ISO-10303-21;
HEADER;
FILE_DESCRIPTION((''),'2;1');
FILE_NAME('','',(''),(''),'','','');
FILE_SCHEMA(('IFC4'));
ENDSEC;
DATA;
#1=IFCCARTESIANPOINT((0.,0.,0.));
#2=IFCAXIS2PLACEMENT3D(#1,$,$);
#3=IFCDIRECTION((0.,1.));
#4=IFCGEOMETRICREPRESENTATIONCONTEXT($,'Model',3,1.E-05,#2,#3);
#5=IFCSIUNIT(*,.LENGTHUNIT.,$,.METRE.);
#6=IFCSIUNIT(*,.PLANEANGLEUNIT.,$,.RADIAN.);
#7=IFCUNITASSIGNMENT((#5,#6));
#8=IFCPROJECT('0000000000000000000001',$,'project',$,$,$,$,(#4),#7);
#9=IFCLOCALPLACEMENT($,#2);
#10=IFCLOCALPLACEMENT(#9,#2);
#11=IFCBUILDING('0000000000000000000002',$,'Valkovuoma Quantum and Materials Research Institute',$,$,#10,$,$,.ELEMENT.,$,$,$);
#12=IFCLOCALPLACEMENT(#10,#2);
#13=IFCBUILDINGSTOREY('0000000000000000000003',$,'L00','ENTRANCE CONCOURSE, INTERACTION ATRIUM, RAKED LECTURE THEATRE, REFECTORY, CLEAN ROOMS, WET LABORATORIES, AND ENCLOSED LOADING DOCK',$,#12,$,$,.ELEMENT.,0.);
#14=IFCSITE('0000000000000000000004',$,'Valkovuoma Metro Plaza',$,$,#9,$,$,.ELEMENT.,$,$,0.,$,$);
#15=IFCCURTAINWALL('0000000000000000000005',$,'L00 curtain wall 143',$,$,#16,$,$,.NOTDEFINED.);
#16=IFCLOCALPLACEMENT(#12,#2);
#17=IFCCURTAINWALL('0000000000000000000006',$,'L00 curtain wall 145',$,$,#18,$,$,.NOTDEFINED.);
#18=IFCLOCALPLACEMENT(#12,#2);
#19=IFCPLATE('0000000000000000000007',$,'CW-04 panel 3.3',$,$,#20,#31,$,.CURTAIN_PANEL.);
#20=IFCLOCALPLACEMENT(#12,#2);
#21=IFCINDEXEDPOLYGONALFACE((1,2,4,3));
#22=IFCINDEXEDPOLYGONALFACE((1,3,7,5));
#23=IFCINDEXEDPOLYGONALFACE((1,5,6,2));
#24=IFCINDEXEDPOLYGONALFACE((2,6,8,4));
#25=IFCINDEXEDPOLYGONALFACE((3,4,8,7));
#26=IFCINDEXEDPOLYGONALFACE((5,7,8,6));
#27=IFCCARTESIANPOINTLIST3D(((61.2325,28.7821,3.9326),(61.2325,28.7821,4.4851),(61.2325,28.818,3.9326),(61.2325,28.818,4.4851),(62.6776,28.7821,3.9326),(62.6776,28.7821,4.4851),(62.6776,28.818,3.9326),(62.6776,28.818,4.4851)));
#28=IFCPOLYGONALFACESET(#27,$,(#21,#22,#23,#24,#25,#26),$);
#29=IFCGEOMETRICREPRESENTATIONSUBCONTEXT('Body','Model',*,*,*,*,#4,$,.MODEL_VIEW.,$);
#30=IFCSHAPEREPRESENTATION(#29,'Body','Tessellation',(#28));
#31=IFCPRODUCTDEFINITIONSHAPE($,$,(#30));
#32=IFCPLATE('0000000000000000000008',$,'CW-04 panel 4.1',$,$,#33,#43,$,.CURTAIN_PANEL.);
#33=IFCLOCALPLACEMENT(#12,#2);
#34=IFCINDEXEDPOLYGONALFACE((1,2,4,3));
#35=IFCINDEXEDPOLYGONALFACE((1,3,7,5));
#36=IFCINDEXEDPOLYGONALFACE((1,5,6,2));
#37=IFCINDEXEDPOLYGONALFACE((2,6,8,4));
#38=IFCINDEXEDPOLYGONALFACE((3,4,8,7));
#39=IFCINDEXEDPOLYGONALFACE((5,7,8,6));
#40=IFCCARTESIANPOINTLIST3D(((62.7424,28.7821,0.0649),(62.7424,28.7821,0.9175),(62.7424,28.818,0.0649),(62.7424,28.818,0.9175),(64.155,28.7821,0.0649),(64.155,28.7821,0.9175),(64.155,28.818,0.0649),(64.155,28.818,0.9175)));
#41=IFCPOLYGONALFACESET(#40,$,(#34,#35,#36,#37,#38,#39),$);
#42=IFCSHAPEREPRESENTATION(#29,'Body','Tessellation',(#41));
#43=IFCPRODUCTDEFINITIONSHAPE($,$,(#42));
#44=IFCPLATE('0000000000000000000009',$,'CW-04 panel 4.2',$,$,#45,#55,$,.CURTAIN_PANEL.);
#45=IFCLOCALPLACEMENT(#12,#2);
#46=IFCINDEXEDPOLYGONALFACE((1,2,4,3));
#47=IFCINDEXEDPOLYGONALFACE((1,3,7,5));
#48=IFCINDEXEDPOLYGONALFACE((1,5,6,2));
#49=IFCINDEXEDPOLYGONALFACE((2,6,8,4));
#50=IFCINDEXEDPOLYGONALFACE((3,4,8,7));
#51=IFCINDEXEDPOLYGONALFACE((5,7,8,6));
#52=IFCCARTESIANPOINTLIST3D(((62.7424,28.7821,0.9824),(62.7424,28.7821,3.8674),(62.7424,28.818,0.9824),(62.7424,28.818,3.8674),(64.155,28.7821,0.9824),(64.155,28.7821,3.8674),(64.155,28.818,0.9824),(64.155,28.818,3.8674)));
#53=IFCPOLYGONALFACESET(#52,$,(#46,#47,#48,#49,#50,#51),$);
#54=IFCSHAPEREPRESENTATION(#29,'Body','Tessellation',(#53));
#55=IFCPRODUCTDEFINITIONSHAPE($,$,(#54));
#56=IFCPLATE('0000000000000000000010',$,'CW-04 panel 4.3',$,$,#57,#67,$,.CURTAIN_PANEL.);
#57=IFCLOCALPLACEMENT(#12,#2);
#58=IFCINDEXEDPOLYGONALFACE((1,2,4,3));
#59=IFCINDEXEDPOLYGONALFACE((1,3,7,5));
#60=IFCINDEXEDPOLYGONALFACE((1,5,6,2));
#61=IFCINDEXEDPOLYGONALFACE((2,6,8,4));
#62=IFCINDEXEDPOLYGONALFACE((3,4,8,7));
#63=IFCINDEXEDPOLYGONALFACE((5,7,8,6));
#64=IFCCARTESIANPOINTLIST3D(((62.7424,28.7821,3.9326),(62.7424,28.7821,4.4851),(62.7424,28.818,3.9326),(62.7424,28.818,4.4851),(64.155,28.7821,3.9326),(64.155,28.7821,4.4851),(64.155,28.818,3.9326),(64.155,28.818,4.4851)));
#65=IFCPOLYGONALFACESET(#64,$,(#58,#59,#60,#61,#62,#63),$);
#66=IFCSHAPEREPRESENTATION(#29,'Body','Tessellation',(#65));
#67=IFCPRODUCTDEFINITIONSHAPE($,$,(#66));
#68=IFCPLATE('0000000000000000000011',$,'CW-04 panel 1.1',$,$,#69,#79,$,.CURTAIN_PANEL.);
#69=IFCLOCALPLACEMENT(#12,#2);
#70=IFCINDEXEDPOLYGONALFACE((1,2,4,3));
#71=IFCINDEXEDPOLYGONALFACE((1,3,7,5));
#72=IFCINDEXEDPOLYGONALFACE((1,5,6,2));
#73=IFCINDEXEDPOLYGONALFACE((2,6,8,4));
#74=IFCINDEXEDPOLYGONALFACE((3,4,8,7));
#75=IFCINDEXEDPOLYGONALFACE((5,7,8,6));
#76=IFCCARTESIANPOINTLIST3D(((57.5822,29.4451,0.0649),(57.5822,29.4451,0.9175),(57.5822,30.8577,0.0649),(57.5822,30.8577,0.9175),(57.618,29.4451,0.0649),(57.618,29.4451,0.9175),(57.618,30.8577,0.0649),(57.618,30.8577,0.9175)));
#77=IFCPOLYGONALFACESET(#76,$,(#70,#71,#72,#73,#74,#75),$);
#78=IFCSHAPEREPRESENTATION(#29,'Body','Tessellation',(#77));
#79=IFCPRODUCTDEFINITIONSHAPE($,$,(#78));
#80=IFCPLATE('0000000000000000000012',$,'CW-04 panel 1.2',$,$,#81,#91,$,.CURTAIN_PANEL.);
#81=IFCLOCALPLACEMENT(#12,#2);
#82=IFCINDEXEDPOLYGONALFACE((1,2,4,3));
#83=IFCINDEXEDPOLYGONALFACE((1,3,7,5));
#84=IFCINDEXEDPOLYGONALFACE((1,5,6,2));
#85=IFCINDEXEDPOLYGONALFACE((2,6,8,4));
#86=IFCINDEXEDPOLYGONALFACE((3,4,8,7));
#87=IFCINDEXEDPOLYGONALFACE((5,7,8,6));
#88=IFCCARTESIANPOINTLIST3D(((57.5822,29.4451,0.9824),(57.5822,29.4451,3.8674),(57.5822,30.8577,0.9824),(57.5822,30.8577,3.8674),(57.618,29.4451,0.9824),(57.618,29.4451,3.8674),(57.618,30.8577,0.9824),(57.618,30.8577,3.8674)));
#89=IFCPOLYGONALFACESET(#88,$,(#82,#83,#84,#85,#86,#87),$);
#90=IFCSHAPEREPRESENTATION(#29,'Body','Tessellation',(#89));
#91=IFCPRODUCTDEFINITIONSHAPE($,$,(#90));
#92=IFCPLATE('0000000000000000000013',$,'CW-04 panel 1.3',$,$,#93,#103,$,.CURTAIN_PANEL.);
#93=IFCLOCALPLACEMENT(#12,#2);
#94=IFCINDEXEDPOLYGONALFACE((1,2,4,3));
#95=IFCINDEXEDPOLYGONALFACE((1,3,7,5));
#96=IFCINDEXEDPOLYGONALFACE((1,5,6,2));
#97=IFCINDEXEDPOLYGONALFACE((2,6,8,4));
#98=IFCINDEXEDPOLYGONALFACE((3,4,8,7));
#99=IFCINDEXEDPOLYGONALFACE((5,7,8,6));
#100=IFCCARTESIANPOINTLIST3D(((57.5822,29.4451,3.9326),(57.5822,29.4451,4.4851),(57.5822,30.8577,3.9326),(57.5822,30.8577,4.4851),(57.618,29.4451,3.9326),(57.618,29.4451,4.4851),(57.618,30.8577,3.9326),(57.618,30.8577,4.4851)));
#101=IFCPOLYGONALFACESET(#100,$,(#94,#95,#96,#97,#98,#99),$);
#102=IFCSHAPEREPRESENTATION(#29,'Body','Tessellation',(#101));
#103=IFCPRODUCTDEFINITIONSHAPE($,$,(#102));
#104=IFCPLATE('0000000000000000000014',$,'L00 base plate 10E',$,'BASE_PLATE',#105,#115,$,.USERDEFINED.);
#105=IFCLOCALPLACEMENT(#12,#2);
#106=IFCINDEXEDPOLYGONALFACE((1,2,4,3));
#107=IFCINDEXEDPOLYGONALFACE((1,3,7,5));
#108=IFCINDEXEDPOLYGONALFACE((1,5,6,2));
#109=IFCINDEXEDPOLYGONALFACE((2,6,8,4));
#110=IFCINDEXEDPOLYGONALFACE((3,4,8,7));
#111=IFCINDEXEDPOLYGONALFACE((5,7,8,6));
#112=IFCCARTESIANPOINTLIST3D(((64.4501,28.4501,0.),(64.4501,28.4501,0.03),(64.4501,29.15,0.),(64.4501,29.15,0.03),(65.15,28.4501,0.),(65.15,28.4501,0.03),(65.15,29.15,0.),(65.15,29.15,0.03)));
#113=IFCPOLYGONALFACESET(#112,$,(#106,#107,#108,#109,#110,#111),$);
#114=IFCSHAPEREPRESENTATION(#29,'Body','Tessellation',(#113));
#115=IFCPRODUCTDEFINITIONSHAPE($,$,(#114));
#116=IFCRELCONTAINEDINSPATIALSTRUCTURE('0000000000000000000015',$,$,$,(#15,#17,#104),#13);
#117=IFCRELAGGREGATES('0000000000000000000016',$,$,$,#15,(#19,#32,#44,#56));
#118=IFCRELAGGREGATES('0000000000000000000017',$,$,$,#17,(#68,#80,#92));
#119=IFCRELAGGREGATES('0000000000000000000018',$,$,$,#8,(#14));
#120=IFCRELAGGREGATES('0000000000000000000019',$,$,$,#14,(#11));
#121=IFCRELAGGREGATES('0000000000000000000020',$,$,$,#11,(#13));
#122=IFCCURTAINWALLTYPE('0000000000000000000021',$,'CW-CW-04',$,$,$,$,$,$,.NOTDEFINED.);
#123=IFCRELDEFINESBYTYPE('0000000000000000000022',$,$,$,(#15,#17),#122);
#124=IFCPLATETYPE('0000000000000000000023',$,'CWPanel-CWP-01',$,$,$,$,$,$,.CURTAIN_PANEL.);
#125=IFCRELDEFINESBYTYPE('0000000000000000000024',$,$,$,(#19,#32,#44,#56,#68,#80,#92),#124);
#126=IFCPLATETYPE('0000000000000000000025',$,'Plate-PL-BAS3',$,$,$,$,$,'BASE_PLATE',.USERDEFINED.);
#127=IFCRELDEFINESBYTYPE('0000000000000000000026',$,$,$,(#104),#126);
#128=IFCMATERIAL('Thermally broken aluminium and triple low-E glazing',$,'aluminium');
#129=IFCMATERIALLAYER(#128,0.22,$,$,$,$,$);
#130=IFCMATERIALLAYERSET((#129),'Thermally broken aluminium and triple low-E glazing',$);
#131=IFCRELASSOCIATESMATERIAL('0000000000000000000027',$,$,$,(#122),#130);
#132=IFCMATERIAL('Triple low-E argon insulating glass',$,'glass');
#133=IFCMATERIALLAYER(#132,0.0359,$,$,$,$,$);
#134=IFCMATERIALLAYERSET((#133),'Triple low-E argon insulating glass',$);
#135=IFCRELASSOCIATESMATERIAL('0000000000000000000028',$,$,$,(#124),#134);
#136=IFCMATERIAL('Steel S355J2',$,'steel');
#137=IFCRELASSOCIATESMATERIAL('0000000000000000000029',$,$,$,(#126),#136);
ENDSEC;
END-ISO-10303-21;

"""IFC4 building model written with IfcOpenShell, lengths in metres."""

from ifc_helpers import new_model, si_unit, direction, frame, origin, origin_2d, place, context, subcontext, project, spatial, rectangle, extrude, material, layer, layer_set, type_object, element, aggregate, save


model = new_model("IFC4")

# Units and contexts
model_context = context("Model", 3, precision=1e-05, world=origin(), true_north=direction((0.0, 1.0)))
body_context = subcontext(model_context, "Body", "Model", "MODEL_VIEW")
ifc_project = project(units=[si_unit("LENGTHUNIT", "METRE"), si_unit("PLANEANGLEUNIT", "RADIAN")], contexts=[model_context])

# Site, building, storey
site_placement = place(None, origin())
site = spatial("IfcSite", under=ifc_project, at=site_placement, Name="Valkovuoma Metro Plaza", CompositionType="ELEMENT", RefElevation=0.0)
building_placement = place(site_placement, origin())
building = spatial("IfcBuilding", under=site, at=building_placement, Name="Valkovuoma Quantum and Materials Research Institute", CompositionType="ELEMENT")
storey_placement = place(building_placement, origin())
storey = spatial("IfcBuildingStorey", under=building, at=storey_placement, Name="L00", Description="ENTRANCE CONCOURSE, INTERACTION ATRIUM, RAKED LECTURE THEATRE, REFECTORY, CLEAN ROOMS, WET LABORATORIES, AND ENCLOSED LOADING DOCK", CompositionType="ELEMENT", Elevation=0.0)

# Curtain walls
ifc_material_1 = material(Name="Thermally broken aluminium and triple low-E glazing", Category="aluminium")
ifc_layer_1 = layer(ifc_material_1, 0.22)
ifc_layer_set_1 = layer_set([ifc_layer_1], Name="Thermally broken aluminium and triple low-E glazing")
curtain_wall_type = type_object("IfcCurtainWallType", Name="CW-CW-04", PredefinedType="NOTDEFINED", material=ifc_layer_set_1)
curtain_wall_1_placement = place(storey_placement, origin())
curtain_wall_1 = element("IfcCurtainWall", 1, at=curtain_wall_1_placement, inside=storey, type_object=curtain_wall_type, Name="L00 curtain wall 143", PredefinedType="NOTDEFINED")
curtain_wall_2_placement = place(storey_placement, origin())
curtain_wall_2 = element("IfcCurtainWall", 2, at=curtain_wall_2_placement, inside=storey, type_object=curtain_wall_type, Name="L00 curtain wall 145", PredefinedType="NOTDEFINED")

# Plates
ifc_material_2 = material(Name="Triple low-E argon insulating glass", Category="glass")
ifc_layer_2 = layer(ifc_material_2, 0.0359)
ifc_layer_set_2 = layer_set([ifc_layer_2], Name="Triple low-E argon insulating glass")
plate_type_1 = type_object("IfcPlateType", Name="CWPanel-CWP-01", PredefinedType="CURTAIN_PANEL", material=ifc_layer_set_2)
plate_1_placement = place(storey_placement, frame((61.9551, 28.8, 3.9326), z_axis=(0.0, 0.0, 1.0), x_axis=(1.0, 0.0, 0.0)))
plate_1 = element("IfcPlate", 3, at=plate_1_placement, type_object=plate_type_1, Name="CW-04 panel 3.3", PredefinedType="CURTAIN_PANEL", context=body_context, shape_type="SweptSolid", body=[
    extrude(rectangle(XDim=1.4451, YDim=0.0359, at=origin_2d()), origin(), (0.0, 0.0, 1.0), 0.5525),
])
plate_2_placement = place(storey_placement, frame((63.4487, 28.8, 0.0649), z_axis=(0.0, 0.0, 1.0), x_axis=(1.0, 0.0, 0.0)))
plate_2 = element("IfcPlate", 4, at=plate_2_placement, type_object=plate_type_1, Name="CW-04 panel 4.1", PredefinedType="CURTAIN_PANEL", context=body_context, shape_type="SweptSolid", body=[
    extrude(rectangle(XDim=1.4126, YDim=0.0359, at=origin_2d()), origin(), (0.0, 0.0, 1.0), 0.8525),
])
plate_3_placement = place(storey_placement, frame((63.4487, 28.8, 0.9824), z_axis=(0.0, 0.0, 1.0), x_axis=(1.0, 0.0, 0.0)))
plate_3 = element("IfcPlate", 5, at=plate_3_placement, type_object=plate_type_1, Name="CW-04 panel 4.2", PredefinedType="CURTAIN_PANEL", context=body_context, shape_type="SweptSolid", body=[
    extrude(rectangle(XDim=1.4126, YDim=0.0359, at=origin_2d()), origin(), (0.0, 0.0, 1.0), 2.885),
])
plate_4_placement = place(storey_placement, frame((63.4487, 28.8, 3.9326), z_axis=(0.0, 0.0, 1.0), x_axis=(1.0, 0.0, 0.0)))
plate_4 = element("IfcPlate", 6, at=plate_4_placement, type_object=plate_type_1, Name="CW-04 panel 4.3", PredefinedType="CURTAIN_PANEL", context=body_context, shape_type="SweptSolid", body=[
    extrude(rectangle(XDim=1.4126, YDim=0.0359, at=origin_2d()), origin(), (0.0, 0.0, 1.0), 0.5525),
])
aggregate(curtain_wall_1, [plate_1, plate_2, plate_3, plate_4])
plate_5_placement = place(storey_placement, frame((57.6001, 30.1514, 0.0649), z_axis=(0.0, 0.0, 1.0), x_axis=(0.0, 1.0, 0.0)))
plate_5 = element("IfcPlate", 7, at=plate_5_placement, type_object=plate_type_1, Name="CW-04 panel 1.1", PredefinedType="CURTAIN_PANEL", context=body_context, shape_type="SweptSolid", body=[
    extrude(rectangle(XDim=1.4126, YDim=0.0359, at=origin_2d()), origin(), (0.0, 0.0, 1.0), 0.8525),
])
plate_6_placement = place(storey_placement, frame((57.6001, 30.1514, 0.9824), z_axis=(0.0, 0.0, 1.0), x_axis=(0.0, 1.0, 0.0)))
plate_6 = element("IfcPlate", 8, at=plate_6_placement, type_object=plate_type_1, Name="CW-04 panel 1.2", PredefinedType="CURTAIN_PANEL", context=body_context, shape_type="SweptSolid", body=[
    extrude(rectangle(XDim=1.4126, YDim=0.0359, at=origin_2d()), origin(), (0.0, 0.0, 1.0), 2.885),
])
plate_7_placement = place(storey_placement, frame((57.6001, 30.1514, 3.9326), z_axis=(0.0, 0.0, 1.0), x_axis=(0.0, 1.0, 0.0)))
plate_7 = element("IfcPlate", 9, at=plate_7_placement, type_object=plate_type_1, Name="CW-04 panel 1.3", PredefinedType="CURTAIN_PANEL", context=body_context, shape_type="SweptSolid", body=[
    extrude(rectangle(XDim=1.4126, YDim=0.0359, at=origin_2d()), origin(), (0.0, 0.0, 1.0), 0.5525),
])
aggregate(curtain_wall_2, [plate_5, plate_6, plate_7])
ifc_material_3 = material(Name="Steel S355J2", Category="steel")
plate_type_2 = type_object("IfcPlateType", Name="Plate-PL-BAS3", ElementType="BASE_PLATE", PredefinedType="USERDEFINED", material=ifc_material_3)
plate_8_placement = place(storey_placement, frame((64.8, 28.8, 0.0), z_axis=(0.0, 0.0, 1.0), x_axis=(1.0, 0.0, 0.0)))
element("IfcPlate", 10, at=plate_8_placement, inside=storey, type_object=plate_type_2, Name="L00 base plate 10E", ObjectType="BASE_PLATE", PredefinedType="USERDEFINED", context=body_context, shape_type="SweptSolid", body=[
    extrude(rectangle(XDim=0.7, YDim=0.7, at=origin_2d()), origin(), (0.0, 0.0, 1.0), 0.03),
])

save(model, "model.ifc")
